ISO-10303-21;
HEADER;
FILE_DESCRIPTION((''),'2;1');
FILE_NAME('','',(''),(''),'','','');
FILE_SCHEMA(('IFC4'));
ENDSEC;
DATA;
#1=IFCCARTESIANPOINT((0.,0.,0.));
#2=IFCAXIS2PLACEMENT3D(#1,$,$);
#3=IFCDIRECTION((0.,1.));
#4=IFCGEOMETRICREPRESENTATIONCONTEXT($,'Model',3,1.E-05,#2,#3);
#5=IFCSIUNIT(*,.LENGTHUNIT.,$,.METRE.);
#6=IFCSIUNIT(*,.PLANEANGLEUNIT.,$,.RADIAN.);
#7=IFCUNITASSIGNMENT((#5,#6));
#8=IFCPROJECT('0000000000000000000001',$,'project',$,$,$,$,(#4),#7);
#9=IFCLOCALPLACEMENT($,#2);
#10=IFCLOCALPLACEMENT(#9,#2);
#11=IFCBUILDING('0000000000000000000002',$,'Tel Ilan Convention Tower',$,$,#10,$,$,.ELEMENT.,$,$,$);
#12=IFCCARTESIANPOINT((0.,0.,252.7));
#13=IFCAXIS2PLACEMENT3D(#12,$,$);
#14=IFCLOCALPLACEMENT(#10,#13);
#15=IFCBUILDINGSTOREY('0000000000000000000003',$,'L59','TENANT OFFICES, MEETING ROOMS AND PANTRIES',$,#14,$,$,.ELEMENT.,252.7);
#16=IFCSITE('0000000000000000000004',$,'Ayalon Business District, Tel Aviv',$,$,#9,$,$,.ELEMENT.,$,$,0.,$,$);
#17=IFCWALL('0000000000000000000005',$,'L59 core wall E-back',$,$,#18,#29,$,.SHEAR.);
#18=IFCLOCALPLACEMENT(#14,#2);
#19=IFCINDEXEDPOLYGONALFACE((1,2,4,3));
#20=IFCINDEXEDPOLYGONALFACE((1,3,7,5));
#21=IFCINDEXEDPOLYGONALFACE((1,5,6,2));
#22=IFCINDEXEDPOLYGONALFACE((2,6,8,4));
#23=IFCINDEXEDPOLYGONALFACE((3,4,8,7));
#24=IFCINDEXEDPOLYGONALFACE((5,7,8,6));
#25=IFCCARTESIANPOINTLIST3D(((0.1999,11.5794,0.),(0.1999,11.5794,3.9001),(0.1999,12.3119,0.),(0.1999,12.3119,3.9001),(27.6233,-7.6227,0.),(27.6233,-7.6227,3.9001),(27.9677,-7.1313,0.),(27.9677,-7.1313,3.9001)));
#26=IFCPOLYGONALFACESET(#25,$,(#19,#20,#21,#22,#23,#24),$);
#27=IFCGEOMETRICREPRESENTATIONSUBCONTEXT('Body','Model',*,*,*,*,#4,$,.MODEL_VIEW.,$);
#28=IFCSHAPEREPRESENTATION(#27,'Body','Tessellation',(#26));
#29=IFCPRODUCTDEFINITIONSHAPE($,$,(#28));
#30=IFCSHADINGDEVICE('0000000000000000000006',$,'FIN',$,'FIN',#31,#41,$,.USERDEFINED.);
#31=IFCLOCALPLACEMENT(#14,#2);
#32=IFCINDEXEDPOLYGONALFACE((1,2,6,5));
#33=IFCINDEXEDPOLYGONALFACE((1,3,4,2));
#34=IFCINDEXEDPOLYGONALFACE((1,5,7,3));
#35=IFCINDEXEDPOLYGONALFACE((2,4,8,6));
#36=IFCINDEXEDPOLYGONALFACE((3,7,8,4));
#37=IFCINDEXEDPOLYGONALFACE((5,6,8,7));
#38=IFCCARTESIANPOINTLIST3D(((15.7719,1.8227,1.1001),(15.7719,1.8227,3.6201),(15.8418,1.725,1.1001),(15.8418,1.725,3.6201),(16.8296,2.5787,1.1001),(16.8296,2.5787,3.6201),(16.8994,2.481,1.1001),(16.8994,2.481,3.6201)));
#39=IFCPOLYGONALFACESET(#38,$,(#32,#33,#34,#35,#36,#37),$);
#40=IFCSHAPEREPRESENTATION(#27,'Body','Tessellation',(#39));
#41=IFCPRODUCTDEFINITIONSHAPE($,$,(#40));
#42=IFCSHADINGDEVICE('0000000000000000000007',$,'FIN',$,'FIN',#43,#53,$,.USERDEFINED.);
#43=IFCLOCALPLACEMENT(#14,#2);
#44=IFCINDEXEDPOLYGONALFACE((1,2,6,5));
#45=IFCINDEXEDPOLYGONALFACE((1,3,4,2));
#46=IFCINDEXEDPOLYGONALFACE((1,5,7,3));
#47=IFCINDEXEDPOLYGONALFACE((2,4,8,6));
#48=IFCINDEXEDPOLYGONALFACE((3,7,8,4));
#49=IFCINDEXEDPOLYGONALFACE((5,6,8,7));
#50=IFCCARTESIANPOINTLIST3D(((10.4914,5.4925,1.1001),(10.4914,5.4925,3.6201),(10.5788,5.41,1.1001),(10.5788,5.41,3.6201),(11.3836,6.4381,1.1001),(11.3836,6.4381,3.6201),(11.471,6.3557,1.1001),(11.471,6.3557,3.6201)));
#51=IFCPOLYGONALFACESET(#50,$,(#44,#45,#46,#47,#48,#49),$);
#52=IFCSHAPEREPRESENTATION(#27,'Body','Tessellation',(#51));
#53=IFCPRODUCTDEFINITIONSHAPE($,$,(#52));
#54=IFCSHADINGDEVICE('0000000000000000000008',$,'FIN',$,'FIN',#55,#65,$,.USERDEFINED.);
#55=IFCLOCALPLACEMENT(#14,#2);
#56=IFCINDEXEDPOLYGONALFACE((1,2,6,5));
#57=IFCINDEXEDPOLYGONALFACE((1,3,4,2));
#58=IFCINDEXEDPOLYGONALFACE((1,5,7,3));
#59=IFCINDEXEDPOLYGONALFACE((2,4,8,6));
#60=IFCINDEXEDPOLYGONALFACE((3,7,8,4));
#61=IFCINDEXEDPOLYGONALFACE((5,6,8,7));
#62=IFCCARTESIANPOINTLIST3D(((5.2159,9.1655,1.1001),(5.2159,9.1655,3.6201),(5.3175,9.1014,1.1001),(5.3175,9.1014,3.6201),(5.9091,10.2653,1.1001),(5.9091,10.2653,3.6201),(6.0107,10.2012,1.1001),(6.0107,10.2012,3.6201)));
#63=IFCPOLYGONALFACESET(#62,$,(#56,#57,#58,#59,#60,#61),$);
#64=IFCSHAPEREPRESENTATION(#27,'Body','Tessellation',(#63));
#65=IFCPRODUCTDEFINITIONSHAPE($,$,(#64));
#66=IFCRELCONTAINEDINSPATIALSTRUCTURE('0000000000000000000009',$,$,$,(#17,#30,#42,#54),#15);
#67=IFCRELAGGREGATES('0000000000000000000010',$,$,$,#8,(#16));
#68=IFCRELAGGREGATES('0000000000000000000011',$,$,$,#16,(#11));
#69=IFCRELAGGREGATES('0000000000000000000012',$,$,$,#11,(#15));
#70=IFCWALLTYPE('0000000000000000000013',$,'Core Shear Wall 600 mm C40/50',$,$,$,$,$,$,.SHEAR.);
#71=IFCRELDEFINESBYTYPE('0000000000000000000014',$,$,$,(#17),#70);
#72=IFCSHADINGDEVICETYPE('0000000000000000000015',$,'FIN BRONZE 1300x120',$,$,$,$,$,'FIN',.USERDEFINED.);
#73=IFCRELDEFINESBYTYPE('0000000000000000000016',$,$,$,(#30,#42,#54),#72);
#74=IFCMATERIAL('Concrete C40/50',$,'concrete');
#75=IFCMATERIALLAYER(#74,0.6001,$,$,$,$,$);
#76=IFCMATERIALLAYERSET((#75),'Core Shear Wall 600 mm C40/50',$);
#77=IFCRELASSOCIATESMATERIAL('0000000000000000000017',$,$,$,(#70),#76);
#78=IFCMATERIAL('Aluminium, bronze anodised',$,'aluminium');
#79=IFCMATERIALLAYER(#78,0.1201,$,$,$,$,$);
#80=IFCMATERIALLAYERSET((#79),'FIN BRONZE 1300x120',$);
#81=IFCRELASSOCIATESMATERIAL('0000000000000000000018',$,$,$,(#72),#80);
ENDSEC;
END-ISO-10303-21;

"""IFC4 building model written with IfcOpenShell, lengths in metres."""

from ifc_helpers import new_model, si_unit, direction, frame, origin, origin_2d, place, context, subcontext, project, spatial, polyline, rectangle, outline, extrude, material, layer, layer_set, type_object, element, save


model = new_model("IFC4")

# Units and contexts
model_context = context("Model", 3, precision=1e-05, world=origin(), true_north=direction((0.0, 1.0)))
body_context = subcontext(model_context, "Body", "Model", "MODEL_VIEW")
ifc_project = project(units=[si_unit("LENGTHUNIT", "METRE"), si_unit("PLANEANGLEUNIT", "RADIAN")], contexts=[model_context])

# Site, building, storey
site_placement = place(None, origin())
site = spatial("IfcSite", under=ifc_project, at=site_placement, Name="Ayalon Business District, Tel Aviv", CompositionType="ELEMENT", RefElevation=0.0)
building_placement = place(site_placement, origin())
building = spatial("IfcBuilding", under=site, at=building_placement, Name="Tel Ilan Convention Tower", CompositionType="ELEMENT")
storey_placement = place(building_placement, frame((0.0, 0.0, 252.7)))
storey = spatial("IfcBuildingStorey", under=building, at=storey_placement, Name="L59", Description="TENANT OFFICES, MEETING ROOMS AND PANTRIES", CompositionType="ELEMENT", Elevation=252.7)

# Wall
ifc_material_1 = material(Name="Concrete C40/50", Category="concrete")
ifc_layer_1 = layer(ifc_material_1, 0.6001)
ifc_layer_set_1 = layer_set([ifc_layer_1], Name="Core Shear Wall 600 mm C40/50")
wall_type_1 = type_object("IfcWallType", Name="Core Shear Wall 600 mm C40/50", PredefinedType="SHEAR", material=ifc_layer_set_1)
wall_1_placement = place(storey_placement, frame((0.0278, 12.0662, 0.0), z_axis=(0.0, 0.0, 1.0), x_axis=(0.819151, -0.573577, 0.0)))
element("IfcWall", 1, at=wall_1_placement, inside=storey, type_object=wall_type_1, Name="L59 core wall E-back", PredefinedType="SHEAR", context=body_context, shape_type="SweptSolid", body=[
    extrude(outline(polyline([(33.8982, 0.3), (0.0, 0.3), (0.4202, -0.3), (33.8979, -0.3), (33.8982, 0.3)])), origin(), (0.0, 0.0, 1.0), 3.9001),
])

# Shading devices
ifc_material_2 = material(Name="Aluminium, bronze anodised", Category="aluminium")
ifc_layer_2 = layer(ifc_material_2, 0.1201)
ifc_layer_set_2 = layer_set([ifc_layer_2], Name="FIN BRONZE 1300x120")
shading_device_type_1 = type_object("IfcShadingDeviceType", Name="FIN BRONZE 1300x120", ElementType="FIN", PredefinedType="USERDEFINED", material=ifc_layer_set_2)
for number, where, z_axis, x_axis, name in (
    (2, (16.3357, 2.1519, 1.1001), (0.0, 0.0, 1.0), (0.813552, 0.581492, 0.0), "FIN"),
    (3, (10.9812, 5.9241, 1.1001), (0.0, 0.0, 1.0), (0.686242, 0.727374, 0.0), "FIN"),
    (4, (5.6133, 9.6833, 1.1001), (0.0, 0.0, 1.0), (0.533204, 0.845986, 0.0), "FIN"),
):
    element("IfcShadingDevice", number, at=place(storey_placement, frame(where, z_axis=z_axis, x_axis=x_axis)), inside=storey, type_object=shading_device_type_1, Name=name, ObjectType="FIN", PredefinedType="USERDEFINED", context=body_context, shape_type="SweptSolid", body=[
        extrude(rectangle(XDim=1.3, YDim=0.1201, at=origin_2d()), origin(), (0.0, 0.0, 1.0), 2.52),
    ])

save(model, "model.ifc")
